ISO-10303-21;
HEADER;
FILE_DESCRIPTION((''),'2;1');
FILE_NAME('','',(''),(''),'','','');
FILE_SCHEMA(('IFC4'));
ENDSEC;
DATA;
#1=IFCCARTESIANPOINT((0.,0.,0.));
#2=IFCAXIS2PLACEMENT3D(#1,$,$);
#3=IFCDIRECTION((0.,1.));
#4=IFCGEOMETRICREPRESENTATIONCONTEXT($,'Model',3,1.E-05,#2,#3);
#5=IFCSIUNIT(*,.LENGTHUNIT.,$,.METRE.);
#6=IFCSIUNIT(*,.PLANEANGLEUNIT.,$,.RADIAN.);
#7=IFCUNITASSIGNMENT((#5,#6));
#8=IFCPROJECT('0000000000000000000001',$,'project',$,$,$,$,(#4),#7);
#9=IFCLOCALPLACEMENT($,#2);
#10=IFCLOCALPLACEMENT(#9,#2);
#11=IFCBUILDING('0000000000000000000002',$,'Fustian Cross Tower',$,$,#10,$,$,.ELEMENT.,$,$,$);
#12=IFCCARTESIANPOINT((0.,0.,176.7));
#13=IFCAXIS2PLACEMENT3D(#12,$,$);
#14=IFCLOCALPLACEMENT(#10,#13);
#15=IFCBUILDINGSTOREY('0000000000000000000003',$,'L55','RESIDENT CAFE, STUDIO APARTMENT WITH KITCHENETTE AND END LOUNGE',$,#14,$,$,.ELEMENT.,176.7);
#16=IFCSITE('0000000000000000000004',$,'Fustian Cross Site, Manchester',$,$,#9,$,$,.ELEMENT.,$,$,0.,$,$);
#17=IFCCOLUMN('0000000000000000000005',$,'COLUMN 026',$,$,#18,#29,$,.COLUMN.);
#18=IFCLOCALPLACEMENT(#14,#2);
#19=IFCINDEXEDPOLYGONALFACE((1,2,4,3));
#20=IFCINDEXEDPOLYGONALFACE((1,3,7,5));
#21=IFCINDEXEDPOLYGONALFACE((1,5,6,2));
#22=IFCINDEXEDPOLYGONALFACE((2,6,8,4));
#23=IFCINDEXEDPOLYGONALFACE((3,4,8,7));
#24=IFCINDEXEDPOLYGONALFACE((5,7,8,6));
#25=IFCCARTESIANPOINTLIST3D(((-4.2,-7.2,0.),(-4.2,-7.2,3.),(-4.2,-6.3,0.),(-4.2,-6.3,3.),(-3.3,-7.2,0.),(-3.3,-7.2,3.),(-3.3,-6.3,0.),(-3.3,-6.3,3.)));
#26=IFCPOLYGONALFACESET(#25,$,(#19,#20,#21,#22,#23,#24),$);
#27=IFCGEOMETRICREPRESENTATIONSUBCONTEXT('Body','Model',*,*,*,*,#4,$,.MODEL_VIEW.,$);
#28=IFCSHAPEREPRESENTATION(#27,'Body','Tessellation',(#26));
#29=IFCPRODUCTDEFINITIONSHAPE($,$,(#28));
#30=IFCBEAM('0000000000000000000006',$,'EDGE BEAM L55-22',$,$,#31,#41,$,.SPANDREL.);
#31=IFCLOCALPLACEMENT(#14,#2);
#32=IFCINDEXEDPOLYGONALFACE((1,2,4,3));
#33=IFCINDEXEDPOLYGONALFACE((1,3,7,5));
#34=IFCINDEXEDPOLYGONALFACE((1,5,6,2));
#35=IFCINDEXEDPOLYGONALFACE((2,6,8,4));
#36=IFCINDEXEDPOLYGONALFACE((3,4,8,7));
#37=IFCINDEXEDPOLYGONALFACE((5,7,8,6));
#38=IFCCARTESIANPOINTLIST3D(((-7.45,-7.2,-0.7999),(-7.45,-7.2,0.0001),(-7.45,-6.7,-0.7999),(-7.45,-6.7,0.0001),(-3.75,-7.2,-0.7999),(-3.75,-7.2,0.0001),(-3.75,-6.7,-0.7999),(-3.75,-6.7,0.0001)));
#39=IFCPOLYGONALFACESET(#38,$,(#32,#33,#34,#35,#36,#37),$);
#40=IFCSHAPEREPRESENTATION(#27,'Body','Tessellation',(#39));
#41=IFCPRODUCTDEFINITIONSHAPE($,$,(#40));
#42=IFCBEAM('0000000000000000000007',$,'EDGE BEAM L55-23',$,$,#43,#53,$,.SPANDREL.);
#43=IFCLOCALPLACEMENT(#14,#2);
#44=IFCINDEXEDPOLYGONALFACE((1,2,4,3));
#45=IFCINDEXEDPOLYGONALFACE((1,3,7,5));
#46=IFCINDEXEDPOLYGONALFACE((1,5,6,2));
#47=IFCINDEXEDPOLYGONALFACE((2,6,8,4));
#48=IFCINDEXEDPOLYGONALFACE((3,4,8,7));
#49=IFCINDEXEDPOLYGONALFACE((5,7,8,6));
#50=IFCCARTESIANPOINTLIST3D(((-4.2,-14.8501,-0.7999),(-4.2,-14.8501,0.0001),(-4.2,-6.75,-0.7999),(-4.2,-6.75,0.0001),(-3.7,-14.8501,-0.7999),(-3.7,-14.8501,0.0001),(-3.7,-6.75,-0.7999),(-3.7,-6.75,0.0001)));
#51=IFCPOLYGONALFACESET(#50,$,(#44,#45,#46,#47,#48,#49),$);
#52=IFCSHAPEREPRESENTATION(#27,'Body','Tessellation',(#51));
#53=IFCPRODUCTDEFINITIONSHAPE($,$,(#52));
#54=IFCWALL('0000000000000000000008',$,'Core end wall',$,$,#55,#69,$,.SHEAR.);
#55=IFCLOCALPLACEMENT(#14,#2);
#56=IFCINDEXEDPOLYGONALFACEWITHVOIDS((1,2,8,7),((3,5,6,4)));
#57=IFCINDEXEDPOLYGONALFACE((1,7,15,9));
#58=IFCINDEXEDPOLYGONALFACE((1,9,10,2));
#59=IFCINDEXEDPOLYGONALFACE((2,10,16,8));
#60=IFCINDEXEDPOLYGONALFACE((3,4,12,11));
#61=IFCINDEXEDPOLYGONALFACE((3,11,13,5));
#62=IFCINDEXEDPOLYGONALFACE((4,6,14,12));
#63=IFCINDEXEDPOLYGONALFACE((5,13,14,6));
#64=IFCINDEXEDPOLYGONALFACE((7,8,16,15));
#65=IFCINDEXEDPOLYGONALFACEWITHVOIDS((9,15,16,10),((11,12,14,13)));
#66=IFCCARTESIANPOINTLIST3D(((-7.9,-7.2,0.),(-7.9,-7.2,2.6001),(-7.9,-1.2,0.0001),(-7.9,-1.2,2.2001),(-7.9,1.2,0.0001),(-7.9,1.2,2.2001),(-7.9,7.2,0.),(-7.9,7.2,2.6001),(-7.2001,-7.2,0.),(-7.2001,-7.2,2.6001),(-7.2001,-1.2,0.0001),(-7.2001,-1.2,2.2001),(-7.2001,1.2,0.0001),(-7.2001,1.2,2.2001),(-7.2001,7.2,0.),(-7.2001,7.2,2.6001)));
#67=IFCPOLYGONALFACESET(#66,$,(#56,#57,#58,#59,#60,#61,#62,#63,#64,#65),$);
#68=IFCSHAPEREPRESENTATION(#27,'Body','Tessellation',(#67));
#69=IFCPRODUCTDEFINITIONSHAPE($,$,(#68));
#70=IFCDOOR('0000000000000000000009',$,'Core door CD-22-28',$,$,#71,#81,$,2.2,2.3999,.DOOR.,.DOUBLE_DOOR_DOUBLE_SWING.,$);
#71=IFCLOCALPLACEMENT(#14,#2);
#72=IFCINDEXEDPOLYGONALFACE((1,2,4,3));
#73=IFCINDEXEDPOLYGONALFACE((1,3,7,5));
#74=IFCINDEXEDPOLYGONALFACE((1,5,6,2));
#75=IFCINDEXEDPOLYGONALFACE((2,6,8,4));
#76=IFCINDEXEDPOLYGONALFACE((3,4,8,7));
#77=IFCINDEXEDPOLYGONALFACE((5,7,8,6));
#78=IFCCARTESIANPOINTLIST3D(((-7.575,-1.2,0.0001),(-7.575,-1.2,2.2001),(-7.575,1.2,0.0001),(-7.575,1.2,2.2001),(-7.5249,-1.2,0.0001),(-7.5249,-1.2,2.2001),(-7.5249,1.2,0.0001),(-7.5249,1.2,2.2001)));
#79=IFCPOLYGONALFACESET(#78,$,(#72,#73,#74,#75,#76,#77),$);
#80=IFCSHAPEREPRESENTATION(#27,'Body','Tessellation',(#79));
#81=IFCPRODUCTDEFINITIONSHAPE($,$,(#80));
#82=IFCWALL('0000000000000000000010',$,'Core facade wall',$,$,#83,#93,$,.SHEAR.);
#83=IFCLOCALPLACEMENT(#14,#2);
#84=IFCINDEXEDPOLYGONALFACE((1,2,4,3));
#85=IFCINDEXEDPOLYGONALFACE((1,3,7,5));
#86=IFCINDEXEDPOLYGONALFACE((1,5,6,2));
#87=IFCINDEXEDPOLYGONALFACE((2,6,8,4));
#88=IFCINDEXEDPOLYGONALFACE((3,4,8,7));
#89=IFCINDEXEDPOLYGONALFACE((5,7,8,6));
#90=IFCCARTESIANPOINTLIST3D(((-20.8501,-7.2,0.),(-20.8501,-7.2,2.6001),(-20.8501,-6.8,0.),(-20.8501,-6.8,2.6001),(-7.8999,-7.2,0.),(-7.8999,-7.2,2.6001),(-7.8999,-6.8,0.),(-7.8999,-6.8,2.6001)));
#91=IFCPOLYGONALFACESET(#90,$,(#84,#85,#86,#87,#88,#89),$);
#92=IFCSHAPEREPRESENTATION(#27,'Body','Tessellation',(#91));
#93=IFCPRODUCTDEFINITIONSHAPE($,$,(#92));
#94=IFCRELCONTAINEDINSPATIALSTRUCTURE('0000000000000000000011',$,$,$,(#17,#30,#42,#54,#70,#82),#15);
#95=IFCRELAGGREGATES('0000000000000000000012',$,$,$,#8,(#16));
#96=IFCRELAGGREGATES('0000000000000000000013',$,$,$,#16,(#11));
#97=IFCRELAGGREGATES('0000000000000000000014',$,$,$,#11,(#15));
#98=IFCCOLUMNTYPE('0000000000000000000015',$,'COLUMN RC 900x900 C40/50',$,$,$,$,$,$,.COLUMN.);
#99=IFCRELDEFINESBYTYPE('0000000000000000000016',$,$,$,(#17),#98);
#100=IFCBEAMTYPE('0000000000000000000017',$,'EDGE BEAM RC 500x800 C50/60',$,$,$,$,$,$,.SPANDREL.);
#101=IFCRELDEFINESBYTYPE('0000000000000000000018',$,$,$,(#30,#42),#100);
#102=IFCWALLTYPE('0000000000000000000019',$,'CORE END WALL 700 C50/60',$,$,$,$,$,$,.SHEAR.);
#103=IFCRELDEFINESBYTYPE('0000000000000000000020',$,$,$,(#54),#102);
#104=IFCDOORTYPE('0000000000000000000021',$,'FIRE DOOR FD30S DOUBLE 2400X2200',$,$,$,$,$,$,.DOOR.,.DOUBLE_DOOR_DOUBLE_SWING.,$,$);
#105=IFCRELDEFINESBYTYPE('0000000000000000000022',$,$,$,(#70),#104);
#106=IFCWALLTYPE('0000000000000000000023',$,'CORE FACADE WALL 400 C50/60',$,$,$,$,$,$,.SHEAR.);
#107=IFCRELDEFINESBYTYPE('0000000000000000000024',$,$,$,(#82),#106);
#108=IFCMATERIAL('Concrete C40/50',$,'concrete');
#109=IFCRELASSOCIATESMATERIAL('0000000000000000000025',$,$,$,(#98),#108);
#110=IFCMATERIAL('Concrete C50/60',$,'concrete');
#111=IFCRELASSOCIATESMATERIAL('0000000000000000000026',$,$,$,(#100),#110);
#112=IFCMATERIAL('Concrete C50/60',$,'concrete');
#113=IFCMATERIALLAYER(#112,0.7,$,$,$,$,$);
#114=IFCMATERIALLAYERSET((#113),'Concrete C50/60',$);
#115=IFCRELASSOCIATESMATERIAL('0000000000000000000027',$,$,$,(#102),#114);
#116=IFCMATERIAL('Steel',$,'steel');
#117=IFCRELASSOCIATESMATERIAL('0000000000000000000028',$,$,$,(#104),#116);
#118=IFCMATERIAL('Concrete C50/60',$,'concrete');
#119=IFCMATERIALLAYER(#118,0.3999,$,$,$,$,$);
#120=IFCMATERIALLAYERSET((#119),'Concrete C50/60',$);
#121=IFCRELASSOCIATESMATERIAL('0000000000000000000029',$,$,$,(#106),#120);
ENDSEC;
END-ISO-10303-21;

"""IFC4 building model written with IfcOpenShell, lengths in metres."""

from ifc_helpers import new_model, si_unit, direction, frame, frame_2d, origin, origin_2d, place, context, subcontext, project, spatial, rectangle, extrude, material, layer, layer_set, material_profile, profile_set, type_object, element, fill, save


model = new_model("IFC4")

# Units and contexts
model_context = context("Model", 3, precision=1e-05, world=origin(), true_north=direction((0.0, 1.0)))
body_context = subcontext(model_context, "Body", "Model", "MODEL_VIEW")
ifc_project = project(units=[si_unit("LENGTHUNIT", "METRE"), si_unit("PLANEANGLEUNIT", "RADIAN")], contexts=[model_context])

# Site, building, storey
site_placement = place(None, origin())
site = spatial("IfcSite", under=ifc_project, at=site_placement, Name="Fustian Cross Site, Manchester", CompositionType="ELEMENT", RefElevation=0.0)
building_placement = place(site_placement, origin())
building = spatial("IfcBuilding", under=site, at=building_placement, Name="Fustian Cross Tower", CompositionType="ELEMENT")
storey_placement = place(building_placement, frame((0.0, 0.0, 176.7)))
storey = spatial("IfcBuildingStorey", under=building, at=storey_placement, Name="L55", Description="RESIDENT CAFE, STUDIO APARTMENT WITH KITCHENETTE AND END LOUNGE", CompositionType="ELEMENT", Elevation=176.7)

# Column
ifc_material_1 = material(Name="Concrete C40/50", Category="concrete")
ifc_material_profile_1 = material_profile(ifc_material_1, rectangle(XDim=0.8999, YDim=0.8999, at=origin_2d()), Name="RC 900x900")
ifc_profile_set_1 = profile_set([ifc_material_profile_1], Name="Concrete C40/50")
column_type = type_object("IfcColumnType", Name="COLUMN RC 900x900 C40/50", PredefinedType="COLUMN", material=ifc_profile_set_1)
column_placement = place(storey_placement, frame((-3.75, -6.75, 0.0), z_axis=(0.0, 0.0, 1.0), x_axis=(1.0, 0.0, 0.0)))
element("IfcColumn", 1, at=column_placement, inside=storey, type_object=column_type, Name="COLUMN 026", PredefinedType="COLUMN", context=body_context, shape_type="SweptSolid", body=[
    extrude(rectangle(XDim=0.8999, YDim=0.8999, at=origin_2d()), origin(), (0.0, 0.0, 1.0), 3.0),
])

# Beams
ifc_material_2 = material(Name="Concrete C50/60", Category="concrete")
ifc_material_profile_2 = material_profile(ifc_material_2, rectangle(XDim=0.5, YDim=0.8, at=origin_2d()), Name="RC 500x800")
ifc_profile_set_2 = profile_set([ifc_material_profile_2], Name="Concrete C50/60")
beam_type = type_object("IfcBeamType", Name="EDGE BEAM RC 500x800 C50/60", PredefinedType="SPANDREL", material=ifc_profile_set_2)
beam_1_placement = place(storey_placement, frame((-7.45, -6.95, -0.3999), z_axis=(1.0, 0.0, 0.0), x_axis=(0.0, 1.0, 0.0)))
element("IfcBeam", 2, at=beam_1_placement, inside=storey, type_object=beam_type, Name="EDGE BEAM L55-22", PredefinedType="SPANDREL", context=body_context, shape_type="SweptSolid", body=[
    extrude(rectangle(XDim=0.5, YDim=0.8, at=origin_2d()), origin(), (0.0, 0.0, 1.0), 3.7),
])
beam_2_placement = place(storey_placement, frame((-3.95, -6.75, -0.3999), z_axis=(0.0, -1.0, 0.0), x_axis=(1.0, 0.0, 0.0)))
element("IfcBeam", 3, at=beam_2_placement, inside=storey, type_object=beam_type, Name="EDGE BEAM L55-23", PredefinedType="SPANDREL", context=body_context, shape_type="SweptSolid", body=[
    extrude(rectangle(XDim=0.5, YDim=0.8, at=origin_2d()), origin(), (0.0, 0.0, 1.0), 8.1001),
])

# Wall, opening, door
ifc_material_3 = material(Name="Concrete C50/60", Category="concrete")
ifc_layer_1 = layer(ifc_material_3, 0.7)
ifc_layer_set_1 = layer_set([ifc_layer_1], Name="Concrete C50/60")
wall_type_1 = type_object("IfcWallType", Name="CORE END WALL 700 C50/60", PredefinedType="SHEAR", material=ifc_layer_set_1)
wall_1_placement = place(storey_placement, frame((-7.55, -7.2, 0.0), z_axis=(0.0, 0.0, 1.0), x_axis=(0.0, 1.0, 0.0)))
wall_1 = element("IfcWall", 4, at=wall_1_placement, inside=storey, type_object=wall_type_1, Name="Core end wall", PredefinedType="SHEAR", context=body_context, shape_type="SweptSolid", body=[
    extrude(rectangle(XDim=14.3999, YDim=0.7, at=frame_2d((7.2, 0.0))), origin(), (0.0, 0.0, 1.0), 2.6001),
])
opening_1_placement = place(wall_1_placement, frame((6.0, 0.0, 0.0)))
opening_1 = element("IfcOpeningElement", 5, at=opening_1_placement, cuts=wall_1, PredefinedType="OPENING", context=body_context, shape_type="SweptSolid", body=[
    extrude(rectangle(XDim=2.3999, YDim=2.2, at=frame_2d((1.2, 1.1001))), frame((0.0, 0.3599, 0.0), z_axis=(0.0, -1.0, 0.0), x_axis=(1.0, 0.0, 0.0)), (0.0, 0.0, 1.0), 0.72),
])
ifc_material_4 = material(Name="Steel", Category="steel")
door_type_1 = type_object("IfcDoorType", Name="FIRE DOOR FD30S DOUBLE 2400X2200", OperationType="DOUBLE_DOOR_DOUBLE_SWING", PredefinedType="DOOR", material=ifc_material_4)
door_1_placement = place(opening_1_placement, origin())
door_1 = element("IfcDoor", 6, at=door_1_placement, inside=storey, type_object=door_type_1, Name="Core door CD-22-28", OperationType="DOUBLE_DOOR_DOUBLE_SWING", OverallHeight=2.2, OverallWidth=2.3999, PredefinedType="DOOR", context=body_context, shape_type="SweptSolid", body=[
    extrude(rectangle(XDim=2.3999, YDim=2.2, at=frame_2d((1.2, 1.1001))), frame((0.0, 0.0249, 0.0), z_axis=(0.0, -1.0, 0.0), x_axis=(1.0, 0.0, 0.0)), (0.0, 0.0, 1.0), 0.05),
])
fill(opening_1, door_1)

# Wall
ifc_material_5 = material(Name="Concrete C50/60", Category="concrete")
ifc_layer_2 = layer(ifc_material_5, 0.3999)
ifc_layer_set_2 = layer_set([ifc_layer_2], Name="Concrete C50/60")
wall_type_2 = type_object("IfcWallType", Name="CORE FACADE WALL 400 C50/60", PredefinedType="SHEAR", material=ifc_layer_set_2)
wall_2_placement = place(storey_placement, frame((-7.8999, -7.0, 0.0), z_axis=(0.0, 0.0, 1.0), x_axis=(-1.0, 0.0, 0.0)))
element("IfcWall", 7, at=wall_2_placement, inside=storey, type_object=wall_type_2, Name="Core facade wall", PredefinedType="SHEAR", context=body_context, shape_type="SweptSolid", body=[
    extrude(rectangle(XDim=12.9502, YDim=0.3999, at=frame_2d((6.4751, 0.0))), origin(), (0.0, 0.0, 1.0), 2.6001),
])

save(model, "model.ifc")
